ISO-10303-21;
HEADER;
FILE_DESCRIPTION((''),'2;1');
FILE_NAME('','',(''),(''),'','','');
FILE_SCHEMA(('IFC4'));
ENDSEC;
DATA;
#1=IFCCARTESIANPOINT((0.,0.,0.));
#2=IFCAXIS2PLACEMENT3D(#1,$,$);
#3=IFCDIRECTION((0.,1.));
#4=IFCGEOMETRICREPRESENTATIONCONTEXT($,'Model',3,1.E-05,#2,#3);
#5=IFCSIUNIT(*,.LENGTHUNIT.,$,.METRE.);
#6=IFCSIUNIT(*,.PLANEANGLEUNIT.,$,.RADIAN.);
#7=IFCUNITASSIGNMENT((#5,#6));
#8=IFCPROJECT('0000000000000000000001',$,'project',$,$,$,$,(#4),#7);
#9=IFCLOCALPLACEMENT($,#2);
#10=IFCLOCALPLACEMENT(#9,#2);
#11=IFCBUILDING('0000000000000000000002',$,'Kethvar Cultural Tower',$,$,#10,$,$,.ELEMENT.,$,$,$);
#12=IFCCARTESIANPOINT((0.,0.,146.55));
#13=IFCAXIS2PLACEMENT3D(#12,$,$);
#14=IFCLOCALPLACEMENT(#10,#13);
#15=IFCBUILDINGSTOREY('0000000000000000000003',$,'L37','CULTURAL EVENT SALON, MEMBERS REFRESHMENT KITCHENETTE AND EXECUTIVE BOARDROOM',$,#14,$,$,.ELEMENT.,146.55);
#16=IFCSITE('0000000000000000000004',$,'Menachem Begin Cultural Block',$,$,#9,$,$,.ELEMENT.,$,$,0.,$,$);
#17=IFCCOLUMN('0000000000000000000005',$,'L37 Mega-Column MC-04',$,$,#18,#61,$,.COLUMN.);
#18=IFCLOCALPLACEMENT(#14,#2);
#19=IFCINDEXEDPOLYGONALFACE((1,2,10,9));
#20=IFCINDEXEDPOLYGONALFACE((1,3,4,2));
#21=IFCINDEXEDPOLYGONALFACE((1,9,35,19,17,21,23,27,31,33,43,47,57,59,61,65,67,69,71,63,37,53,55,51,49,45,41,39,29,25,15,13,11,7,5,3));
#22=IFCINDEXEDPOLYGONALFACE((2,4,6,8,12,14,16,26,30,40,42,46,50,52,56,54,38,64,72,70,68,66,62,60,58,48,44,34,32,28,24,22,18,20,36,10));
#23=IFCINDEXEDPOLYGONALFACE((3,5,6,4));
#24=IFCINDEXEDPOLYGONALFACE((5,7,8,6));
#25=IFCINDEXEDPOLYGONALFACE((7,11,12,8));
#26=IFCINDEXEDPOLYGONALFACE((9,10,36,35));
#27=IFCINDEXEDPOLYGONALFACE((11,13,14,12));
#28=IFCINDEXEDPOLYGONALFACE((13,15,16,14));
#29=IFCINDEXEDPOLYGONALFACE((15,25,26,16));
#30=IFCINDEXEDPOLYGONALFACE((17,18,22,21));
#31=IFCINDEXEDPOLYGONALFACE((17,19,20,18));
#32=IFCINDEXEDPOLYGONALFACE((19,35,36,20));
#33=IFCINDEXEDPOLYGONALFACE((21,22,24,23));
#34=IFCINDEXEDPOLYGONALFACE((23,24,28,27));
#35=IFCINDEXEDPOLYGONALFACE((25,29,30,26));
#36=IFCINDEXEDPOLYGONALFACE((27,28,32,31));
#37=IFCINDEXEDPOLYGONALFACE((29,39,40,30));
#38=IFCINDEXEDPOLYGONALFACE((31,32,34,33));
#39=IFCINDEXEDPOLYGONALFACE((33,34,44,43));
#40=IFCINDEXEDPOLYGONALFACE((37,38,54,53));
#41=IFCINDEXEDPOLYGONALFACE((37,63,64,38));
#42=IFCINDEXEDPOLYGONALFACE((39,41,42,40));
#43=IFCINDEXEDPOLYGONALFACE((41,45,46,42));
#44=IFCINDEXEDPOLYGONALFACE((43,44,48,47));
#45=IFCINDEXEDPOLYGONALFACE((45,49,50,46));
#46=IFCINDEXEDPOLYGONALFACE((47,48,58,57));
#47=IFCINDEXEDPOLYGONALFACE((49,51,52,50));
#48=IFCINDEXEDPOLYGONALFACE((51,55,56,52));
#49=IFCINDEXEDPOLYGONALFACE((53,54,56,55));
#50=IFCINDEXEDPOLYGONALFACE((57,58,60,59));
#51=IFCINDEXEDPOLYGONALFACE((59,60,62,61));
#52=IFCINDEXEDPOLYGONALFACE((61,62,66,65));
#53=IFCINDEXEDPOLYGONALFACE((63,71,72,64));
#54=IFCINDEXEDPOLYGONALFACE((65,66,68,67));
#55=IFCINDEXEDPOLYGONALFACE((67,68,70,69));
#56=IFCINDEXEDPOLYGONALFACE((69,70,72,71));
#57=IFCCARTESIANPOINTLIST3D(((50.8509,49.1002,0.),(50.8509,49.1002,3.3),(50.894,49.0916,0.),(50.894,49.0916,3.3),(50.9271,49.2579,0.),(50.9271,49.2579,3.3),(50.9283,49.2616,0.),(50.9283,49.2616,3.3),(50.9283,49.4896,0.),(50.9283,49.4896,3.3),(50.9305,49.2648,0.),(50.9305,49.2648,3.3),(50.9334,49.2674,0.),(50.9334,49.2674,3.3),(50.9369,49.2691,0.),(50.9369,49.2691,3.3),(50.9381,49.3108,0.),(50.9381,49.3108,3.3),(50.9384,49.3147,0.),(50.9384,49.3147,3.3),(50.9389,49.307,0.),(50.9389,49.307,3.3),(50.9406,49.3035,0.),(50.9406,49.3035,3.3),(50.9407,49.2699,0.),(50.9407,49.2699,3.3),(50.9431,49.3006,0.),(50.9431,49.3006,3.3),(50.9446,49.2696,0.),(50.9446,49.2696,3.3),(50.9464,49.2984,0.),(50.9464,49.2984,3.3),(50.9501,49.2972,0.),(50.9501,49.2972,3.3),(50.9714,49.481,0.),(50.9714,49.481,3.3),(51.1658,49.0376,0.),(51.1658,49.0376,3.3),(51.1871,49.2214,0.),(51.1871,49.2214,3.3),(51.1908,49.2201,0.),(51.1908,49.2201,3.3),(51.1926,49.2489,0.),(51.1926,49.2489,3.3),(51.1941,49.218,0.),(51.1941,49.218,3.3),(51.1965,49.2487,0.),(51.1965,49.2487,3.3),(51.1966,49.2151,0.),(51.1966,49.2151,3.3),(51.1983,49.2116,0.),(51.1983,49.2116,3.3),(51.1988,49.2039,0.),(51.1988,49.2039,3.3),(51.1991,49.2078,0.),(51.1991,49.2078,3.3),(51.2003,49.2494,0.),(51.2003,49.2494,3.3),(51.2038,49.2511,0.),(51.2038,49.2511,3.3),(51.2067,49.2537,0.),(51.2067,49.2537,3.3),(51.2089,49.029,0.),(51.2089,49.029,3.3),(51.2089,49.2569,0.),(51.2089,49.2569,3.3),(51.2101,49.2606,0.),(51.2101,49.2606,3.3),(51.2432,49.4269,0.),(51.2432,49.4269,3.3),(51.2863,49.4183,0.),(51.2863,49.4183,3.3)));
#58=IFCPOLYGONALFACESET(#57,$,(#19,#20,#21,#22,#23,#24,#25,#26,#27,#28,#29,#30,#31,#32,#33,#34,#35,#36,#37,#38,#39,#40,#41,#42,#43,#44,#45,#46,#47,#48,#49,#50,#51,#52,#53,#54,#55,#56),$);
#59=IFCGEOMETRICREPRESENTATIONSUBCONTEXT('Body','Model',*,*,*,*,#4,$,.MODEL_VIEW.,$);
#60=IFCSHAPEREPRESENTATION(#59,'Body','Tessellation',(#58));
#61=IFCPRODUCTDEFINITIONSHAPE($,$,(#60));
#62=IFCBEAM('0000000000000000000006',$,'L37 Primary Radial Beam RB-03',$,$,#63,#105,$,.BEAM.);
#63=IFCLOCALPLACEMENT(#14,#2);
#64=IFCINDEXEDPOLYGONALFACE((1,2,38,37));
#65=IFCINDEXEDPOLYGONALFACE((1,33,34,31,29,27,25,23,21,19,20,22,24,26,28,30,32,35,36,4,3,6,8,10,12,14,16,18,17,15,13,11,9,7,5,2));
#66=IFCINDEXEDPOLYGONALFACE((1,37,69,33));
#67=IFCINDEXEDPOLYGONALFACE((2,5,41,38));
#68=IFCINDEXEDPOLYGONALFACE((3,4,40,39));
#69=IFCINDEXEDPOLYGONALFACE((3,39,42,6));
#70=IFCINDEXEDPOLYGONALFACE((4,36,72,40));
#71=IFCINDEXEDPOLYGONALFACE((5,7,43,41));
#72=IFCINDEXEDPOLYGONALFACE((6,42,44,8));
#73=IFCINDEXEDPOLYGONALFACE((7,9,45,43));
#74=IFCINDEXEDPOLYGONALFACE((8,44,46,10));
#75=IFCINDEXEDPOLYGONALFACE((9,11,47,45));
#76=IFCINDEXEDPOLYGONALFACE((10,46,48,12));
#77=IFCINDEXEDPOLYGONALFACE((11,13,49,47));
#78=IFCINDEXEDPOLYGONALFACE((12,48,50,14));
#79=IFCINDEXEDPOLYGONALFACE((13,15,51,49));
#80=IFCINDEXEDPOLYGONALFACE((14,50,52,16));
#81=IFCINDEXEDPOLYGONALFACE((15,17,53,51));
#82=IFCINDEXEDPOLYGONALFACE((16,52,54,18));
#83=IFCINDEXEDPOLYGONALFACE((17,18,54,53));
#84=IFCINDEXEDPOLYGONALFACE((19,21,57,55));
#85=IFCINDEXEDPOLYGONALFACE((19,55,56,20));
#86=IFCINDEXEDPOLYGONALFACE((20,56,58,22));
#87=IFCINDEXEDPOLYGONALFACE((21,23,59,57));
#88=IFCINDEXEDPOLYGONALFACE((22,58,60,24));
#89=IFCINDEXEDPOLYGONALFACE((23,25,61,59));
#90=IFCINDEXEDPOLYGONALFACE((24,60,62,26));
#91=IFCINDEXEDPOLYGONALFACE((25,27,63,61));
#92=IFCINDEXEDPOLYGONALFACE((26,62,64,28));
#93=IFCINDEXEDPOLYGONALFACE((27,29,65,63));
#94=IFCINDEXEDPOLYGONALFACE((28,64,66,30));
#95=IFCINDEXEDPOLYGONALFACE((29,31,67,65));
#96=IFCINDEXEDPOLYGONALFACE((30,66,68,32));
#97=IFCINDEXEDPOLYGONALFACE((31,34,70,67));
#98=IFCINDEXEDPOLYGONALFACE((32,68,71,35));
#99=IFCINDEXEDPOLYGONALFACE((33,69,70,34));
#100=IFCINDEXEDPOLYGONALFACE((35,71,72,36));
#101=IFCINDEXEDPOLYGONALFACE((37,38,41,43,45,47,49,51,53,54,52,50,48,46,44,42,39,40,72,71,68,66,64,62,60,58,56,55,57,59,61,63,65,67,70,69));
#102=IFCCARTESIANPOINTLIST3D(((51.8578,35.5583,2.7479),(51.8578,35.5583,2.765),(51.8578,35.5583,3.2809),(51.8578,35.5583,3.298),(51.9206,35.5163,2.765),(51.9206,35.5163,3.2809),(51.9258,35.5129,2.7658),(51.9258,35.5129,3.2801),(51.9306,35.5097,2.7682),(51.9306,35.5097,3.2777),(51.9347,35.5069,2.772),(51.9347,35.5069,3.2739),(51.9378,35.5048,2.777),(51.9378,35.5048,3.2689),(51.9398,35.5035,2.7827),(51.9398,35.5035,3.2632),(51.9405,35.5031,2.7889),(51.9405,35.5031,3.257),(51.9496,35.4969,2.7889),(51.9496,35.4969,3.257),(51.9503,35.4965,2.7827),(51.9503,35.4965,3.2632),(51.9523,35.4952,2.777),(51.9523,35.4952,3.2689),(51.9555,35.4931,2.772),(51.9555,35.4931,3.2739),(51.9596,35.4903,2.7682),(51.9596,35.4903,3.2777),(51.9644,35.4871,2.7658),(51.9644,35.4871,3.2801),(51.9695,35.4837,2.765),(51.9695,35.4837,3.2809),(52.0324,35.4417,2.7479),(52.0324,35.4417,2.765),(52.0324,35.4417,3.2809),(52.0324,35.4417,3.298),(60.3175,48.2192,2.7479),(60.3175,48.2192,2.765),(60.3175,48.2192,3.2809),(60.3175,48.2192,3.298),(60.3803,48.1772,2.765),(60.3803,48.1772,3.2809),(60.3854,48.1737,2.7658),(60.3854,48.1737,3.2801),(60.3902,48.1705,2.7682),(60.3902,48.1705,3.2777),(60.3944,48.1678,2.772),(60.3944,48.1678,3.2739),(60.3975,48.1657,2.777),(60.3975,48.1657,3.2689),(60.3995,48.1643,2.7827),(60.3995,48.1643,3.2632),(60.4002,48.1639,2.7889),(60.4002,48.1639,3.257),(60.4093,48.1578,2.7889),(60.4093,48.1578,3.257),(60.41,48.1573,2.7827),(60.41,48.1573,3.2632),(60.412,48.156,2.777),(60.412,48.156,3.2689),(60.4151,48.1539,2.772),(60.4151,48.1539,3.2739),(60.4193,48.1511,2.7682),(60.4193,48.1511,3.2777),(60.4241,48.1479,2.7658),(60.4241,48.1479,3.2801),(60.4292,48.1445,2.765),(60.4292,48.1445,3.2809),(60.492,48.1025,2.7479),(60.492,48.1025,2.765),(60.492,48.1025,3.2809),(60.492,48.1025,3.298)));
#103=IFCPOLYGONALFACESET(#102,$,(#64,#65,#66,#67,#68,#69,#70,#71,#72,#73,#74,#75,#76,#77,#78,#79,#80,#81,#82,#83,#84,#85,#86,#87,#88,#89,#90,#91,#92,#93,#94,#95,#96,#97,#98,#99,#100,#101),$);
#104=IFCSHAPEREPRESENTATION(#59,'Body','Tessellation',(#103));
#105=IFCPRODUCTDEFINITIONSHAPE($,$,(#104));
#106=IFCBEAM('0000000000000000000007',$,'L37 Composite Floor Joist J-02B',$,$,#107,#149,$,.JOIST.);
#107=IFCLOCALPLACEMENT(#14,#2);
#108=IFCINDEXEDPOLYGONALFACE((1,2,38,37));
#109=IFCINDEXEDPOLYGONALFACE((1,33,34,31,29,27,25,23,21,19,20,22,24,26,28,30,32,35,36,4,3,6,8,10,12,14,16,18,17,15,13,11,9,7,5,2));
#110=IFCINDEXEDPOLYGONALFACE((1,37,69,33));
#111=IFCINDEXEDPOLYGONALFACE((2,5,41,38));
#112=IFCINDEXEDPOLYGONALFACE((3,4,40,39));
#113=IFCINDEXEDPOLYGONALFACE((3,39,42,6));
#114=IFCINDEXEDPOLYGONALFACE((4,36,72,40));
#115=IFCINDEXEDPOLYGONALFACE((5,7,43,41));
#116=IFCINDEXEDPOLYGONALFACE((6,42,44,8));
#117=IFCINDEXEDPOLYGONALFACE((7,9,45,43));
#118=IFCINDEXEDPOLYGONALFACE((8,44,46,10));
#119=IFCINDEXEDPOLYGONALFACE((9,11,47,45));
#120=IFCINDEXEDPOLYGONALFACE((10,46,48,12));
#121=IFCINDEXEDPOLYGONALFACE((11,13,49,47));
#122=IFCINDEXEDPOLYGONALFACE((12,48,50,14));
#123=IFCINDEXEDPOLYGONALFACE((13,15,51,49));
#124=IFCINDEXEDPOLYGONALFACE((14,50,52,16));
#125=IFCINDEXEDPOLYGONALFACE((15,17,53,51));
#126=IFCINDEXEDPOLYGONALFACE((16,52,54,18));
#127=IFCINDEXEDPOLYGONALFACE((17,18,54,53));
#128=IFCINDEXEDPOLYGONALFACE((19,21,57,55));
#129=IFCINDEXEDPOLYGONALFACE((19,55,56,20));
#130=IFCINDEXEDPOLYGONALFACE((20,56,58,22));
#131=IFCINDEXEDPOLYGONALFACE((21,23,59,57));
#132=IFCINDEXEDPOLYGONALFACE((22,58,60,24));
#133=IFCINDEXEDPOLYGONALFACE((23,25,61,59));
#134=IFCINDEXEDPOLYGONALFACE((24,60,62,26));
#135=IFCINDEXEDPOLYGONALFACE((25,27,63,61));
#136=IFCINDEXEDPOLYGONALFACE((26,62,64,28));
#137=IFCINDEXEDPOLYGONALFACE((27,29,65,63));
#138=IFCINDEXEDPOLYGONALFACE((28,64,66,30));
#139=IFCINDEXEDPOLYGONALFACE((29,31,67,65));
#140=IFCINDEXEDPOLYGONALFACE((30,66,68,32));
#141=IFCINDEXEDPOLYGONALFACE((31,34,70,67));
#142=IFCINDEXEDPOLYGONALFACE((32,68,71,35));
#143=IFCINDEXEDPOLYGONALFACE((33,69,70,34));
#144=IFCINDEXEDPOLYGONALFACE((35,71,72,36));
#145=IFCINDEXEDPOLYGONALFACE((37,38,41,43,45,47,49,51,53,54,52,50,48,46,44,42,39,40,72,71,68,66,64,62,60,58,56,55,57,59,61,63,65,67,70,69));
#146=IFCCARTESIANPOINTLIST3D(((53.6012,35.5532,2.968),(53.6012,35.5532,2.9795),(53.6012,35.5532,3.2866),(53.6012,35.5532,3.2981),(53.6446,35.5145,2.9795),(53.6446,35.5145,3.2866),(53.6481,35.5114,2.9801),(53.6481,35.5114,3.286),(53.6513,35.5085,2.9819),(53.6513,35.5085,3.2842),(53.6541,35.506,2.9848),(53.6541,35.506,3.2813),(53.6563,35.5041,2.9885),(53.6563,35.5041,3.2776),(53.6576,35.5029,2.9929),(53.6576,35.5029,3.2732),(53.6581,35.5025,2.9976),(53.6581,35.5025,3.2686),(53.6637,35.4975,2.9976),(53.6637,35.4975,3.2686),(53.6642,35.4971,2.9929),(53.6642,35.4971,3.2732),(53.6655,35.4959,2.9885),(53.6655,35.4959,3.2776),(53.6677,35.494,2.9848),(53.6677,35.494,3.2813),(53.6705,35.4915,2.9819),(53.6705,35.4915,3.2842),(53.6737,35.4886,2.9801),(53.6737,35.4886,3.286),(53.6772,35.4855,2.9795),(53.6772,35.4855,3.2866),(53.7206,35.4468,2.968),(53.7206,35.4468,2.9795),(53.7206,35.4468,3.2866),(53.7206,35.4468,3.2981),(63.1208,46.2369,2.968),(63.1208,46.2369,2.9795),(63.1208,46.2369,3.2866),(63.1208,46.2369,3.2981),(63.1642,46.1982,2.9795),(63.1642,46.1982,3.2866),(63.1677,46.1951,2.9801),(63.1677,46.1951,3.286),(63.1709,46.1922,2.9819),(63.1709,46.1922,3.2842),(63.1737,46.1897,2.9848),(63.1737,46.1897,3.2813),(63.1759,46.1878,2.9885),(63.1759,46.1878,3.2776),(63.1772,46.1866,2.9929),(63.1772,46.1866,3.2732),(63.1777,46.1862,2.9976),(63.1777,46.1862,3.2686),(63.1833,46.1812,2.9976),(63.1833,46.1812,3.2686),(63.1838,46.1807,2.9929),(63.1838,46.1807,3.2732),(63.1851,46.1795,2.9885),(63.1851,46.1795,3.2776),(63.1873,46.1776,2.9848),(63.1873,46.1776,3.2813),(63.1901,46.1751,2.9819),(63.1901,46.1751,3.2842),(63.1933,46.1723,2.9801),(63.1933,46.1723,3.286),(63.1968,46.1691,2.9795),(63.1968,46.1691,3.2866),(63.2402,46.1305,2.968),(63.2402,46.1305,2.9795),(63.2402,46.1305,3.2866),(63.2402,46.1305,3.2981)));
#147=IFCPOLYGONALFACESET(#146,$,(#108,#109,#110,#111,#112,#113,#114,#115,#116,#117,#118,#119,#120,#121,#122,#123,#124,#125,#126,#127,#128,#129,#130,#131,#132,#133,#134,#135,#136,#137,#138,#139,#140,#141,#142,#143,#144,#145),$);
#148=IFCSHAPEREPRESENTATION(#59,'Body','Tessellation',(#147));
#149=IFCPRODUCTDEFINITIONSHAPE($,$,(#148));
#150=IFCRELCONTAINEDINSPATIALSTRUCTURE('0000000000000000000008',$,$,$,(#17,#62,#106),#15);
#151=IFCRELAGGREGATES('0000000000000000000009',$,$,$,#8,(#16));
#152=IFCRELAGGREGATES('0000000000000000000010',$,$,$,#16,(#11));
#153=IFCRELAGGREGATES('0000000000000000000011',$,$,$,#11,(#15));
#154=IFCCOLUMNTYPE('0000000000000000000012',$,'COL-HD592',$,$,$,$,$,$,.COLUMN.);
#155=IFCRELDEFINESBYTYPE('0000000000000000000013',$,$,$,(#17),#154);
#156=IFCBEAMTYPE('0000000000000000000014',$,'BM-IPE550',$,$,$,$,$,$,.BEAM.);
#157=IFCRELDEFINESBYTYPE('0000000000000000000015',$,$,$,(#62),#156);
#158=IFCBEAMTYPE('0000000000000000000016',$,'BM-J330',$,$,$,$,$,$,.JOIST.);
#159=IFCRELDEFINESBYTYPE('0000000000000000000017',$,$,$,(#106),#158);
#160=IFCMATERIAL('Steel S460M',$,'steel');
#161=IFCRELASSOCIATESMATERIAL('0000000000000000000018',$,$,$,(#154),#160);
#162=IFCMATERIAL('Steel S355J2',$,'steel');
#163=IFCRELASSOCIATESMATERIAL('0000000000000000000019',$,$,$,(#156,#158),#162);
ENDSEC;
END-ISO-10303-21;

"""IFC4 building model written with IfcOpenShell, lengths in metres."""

from ifc_helpers import new_model, si_unit, direction, frame, origin, origin_2d, place, context, subcontext, project, spatial, i_section, extrude, source, transform, mapped, material, material_profile, profile_set, type_object, element, save


model = new_model("IFC4")

# Units and contexts
model_context = context("Model", 3, precision=1e-05, world=origin(), true_north=direction((0.0, 1.0)))
body_context = subcontext(model_context, "Body", "Model", "MODEL_VIEW")
ifc_project = project(units=[si_unit("LENGTHUNIT", "METRE"), si_unit("PLANEANGLEUNIT", "RADIAN")], contexts=[model_context])

# Site, building, storey
site_placement = place(None, origin())
site = spatial("IfcSite", under=ifc_project, at=site_placement, Name="Menachem Begin Cultural Block", CompositionType="ELEMENT", RefElevation=0.0)
building_placement = place(site_placement, origin())
building = spatial("IfcBuilding", under=site, at=building_placement, Name="Kethvar Cultural Tower", CompositionType="ELEMENT")
storey_placement = place(building_placement, frame((0.0, 0.0, 146.55)))
storey = spatial("IfcBuildingStorey", under=building, at=storey_placement, Name="L37", Description="CULTURAL EVENT SALON, MEMBERS REFRESHMENT KITCHENETTE AND EXECUTIVE BOARDROOM", CompositionType="ELEMENT", Elevation=146.55)

# Column
ifc_material_1 = material(Name="Steel S460M", Category="steel")
ifc_material_profile_1 = material_profile(ifc_material_1, i_section(OverallWidth=0.397, OverallDepth=0.365, WebThickness=0.0281, FlangeThickness=0.0439, FilletRadius=0.0149, at=origin_2d()), Name="Steel S460M — HD400x592")
ifc_profile_set_1 = profile_set([ifc_material_profile_1], Name="Steel S460M — HD400x592")
column_type = type_object("IfcColumnType", Name="COL-HD592", PredefinedType="COLUMN", material=ifc_profile_set_1)
shared_shape_1 = source(origin(), body_context, "Body", "SweptSolid", [
    extrude(i_section(OverallWidth=0.397, OverallDepth=0.365, WebThickness=0.0281, FlangeThickness=0.0439, FilletRadius=0.0149, at=origin_2d()), origin(), (0.0, 0.0, 1.0), 3.3),
])
column_placement = place(storey_placement, frame((51.0686, 49.2593, 0.0), z_axis=(0.0, 0.0, 1.0), x_axis=(0.19509, 0.980785, 0.0)))
element("IfcColumn", 1, at=column_placement, inside=storey, type_object=column_type, Name="L37 Mega-Column MC-04", PredefinedType="COLUMN", context=body_context, shape_type="MappedRepresentation", body=[
    mapped(shared_shape_1, transform((0.0, 0.0, 0.0), scale=1.0)),
])

# Beams
ifc_material_2 = material(Name="Steel S355J2", Category="steel")
ifc_material_profile_2 = material_profile(ifc_material_2, i_section(OverallWidth=0.21, OverallDepth=0.55, WebThickness=0.011, FlangeThickness=0.0171, FilletRadius=0.0239, at=origin_2d()), Name="Steel S355J2 — IPE550")
ifc_profile_set_2 = profile_set([ifc_material_profile_2], Name="Steel S355J2 — IPE550")
beam_type_1 = type_object("IfcBeamType", Name="BM-IPE550", PredefinedType="BEAM", material=ifc_profile_set_2)
shared_shape_2 = source(origin(), body_context, "Body", "SweptSolid", [
    extrude(i_section(OverallWidth=0.21, OverallDepth=0.55, WebThickness=0.011, FlangeThickness=0.0171, FilletRadius=0.0239, at=origin_2d()), origin(), (0.0, 0.0, 1.0), 15.2271),
])
beam_1_placement = place(storey_placement, frame((51.9451, 35.5, 3.0229), z_axis=(0.555569, 0.83147, 0.0), x_axis=(-0.83147, 0.555569, 0.0)))
element("IfcBeam", 2, at=beam_1_placement, inside=storey, type_object=beam_type_1, Name="L37 Primary Radial Beam RB-03", PredefinedType="BEAM", context=body_context, shape_type="MappedRepresentation", body=[
    mapped(shared_shape_2, transform((0.0, 0.0, 0.0), scale=1.0)),
])
ifc_material_profile_3 = material_profile(ifc_material_2, i_section(OverallWidth=0.1599, OverallDepth=0.3301, WebThickness=0.0076, FlangeThickness=0.0115, FilletRadius=0.0181, at=origin_2d()), Name="Steel S355J2 — IPE330")
ifc_profile_set_3 = profile_set([ifc_material_profile_3], Name="Steel S355J2 — IPE330")
beam_type_2 = type_object("IfcBeamType", Name="BM-J330", PredefinedType="JOIST", material=ifc_profile_set_3)
shared_shape_3 = source(origin(), body_context, "Body", "SweptSolid", [
    extrude(i_section(OverallWidth=0.1599, OverallDepth=0.3301, WebThickness=0.0076, FlangeThickness=0.0115, FilletRadius=0.0181, at=origin_2d()), origin(), (0.0, 0.0, 1.0), 14.3096),
])
beam_2_placement = place(storey_placement, frame((53.6609, 35.5, 3.1331), z_axis=(0.665261, 0.746611, 0.0), x_axis=(-0.746611, 0.665261, 0.0)))
element("IfcBeam", 3, at=beam_2_placement, inside=storey, type_object=beam_type_2, Name="L37 Composite Floor Joist J-02B", PredefinedType="JOIST", context=body_context, shape_type="MappedRepresentation", body=[
    mapped(shared_shape_3, transform((0.0, 0.0, 0.0), scale=1.0)),
])

save(model, "model.ifc")
